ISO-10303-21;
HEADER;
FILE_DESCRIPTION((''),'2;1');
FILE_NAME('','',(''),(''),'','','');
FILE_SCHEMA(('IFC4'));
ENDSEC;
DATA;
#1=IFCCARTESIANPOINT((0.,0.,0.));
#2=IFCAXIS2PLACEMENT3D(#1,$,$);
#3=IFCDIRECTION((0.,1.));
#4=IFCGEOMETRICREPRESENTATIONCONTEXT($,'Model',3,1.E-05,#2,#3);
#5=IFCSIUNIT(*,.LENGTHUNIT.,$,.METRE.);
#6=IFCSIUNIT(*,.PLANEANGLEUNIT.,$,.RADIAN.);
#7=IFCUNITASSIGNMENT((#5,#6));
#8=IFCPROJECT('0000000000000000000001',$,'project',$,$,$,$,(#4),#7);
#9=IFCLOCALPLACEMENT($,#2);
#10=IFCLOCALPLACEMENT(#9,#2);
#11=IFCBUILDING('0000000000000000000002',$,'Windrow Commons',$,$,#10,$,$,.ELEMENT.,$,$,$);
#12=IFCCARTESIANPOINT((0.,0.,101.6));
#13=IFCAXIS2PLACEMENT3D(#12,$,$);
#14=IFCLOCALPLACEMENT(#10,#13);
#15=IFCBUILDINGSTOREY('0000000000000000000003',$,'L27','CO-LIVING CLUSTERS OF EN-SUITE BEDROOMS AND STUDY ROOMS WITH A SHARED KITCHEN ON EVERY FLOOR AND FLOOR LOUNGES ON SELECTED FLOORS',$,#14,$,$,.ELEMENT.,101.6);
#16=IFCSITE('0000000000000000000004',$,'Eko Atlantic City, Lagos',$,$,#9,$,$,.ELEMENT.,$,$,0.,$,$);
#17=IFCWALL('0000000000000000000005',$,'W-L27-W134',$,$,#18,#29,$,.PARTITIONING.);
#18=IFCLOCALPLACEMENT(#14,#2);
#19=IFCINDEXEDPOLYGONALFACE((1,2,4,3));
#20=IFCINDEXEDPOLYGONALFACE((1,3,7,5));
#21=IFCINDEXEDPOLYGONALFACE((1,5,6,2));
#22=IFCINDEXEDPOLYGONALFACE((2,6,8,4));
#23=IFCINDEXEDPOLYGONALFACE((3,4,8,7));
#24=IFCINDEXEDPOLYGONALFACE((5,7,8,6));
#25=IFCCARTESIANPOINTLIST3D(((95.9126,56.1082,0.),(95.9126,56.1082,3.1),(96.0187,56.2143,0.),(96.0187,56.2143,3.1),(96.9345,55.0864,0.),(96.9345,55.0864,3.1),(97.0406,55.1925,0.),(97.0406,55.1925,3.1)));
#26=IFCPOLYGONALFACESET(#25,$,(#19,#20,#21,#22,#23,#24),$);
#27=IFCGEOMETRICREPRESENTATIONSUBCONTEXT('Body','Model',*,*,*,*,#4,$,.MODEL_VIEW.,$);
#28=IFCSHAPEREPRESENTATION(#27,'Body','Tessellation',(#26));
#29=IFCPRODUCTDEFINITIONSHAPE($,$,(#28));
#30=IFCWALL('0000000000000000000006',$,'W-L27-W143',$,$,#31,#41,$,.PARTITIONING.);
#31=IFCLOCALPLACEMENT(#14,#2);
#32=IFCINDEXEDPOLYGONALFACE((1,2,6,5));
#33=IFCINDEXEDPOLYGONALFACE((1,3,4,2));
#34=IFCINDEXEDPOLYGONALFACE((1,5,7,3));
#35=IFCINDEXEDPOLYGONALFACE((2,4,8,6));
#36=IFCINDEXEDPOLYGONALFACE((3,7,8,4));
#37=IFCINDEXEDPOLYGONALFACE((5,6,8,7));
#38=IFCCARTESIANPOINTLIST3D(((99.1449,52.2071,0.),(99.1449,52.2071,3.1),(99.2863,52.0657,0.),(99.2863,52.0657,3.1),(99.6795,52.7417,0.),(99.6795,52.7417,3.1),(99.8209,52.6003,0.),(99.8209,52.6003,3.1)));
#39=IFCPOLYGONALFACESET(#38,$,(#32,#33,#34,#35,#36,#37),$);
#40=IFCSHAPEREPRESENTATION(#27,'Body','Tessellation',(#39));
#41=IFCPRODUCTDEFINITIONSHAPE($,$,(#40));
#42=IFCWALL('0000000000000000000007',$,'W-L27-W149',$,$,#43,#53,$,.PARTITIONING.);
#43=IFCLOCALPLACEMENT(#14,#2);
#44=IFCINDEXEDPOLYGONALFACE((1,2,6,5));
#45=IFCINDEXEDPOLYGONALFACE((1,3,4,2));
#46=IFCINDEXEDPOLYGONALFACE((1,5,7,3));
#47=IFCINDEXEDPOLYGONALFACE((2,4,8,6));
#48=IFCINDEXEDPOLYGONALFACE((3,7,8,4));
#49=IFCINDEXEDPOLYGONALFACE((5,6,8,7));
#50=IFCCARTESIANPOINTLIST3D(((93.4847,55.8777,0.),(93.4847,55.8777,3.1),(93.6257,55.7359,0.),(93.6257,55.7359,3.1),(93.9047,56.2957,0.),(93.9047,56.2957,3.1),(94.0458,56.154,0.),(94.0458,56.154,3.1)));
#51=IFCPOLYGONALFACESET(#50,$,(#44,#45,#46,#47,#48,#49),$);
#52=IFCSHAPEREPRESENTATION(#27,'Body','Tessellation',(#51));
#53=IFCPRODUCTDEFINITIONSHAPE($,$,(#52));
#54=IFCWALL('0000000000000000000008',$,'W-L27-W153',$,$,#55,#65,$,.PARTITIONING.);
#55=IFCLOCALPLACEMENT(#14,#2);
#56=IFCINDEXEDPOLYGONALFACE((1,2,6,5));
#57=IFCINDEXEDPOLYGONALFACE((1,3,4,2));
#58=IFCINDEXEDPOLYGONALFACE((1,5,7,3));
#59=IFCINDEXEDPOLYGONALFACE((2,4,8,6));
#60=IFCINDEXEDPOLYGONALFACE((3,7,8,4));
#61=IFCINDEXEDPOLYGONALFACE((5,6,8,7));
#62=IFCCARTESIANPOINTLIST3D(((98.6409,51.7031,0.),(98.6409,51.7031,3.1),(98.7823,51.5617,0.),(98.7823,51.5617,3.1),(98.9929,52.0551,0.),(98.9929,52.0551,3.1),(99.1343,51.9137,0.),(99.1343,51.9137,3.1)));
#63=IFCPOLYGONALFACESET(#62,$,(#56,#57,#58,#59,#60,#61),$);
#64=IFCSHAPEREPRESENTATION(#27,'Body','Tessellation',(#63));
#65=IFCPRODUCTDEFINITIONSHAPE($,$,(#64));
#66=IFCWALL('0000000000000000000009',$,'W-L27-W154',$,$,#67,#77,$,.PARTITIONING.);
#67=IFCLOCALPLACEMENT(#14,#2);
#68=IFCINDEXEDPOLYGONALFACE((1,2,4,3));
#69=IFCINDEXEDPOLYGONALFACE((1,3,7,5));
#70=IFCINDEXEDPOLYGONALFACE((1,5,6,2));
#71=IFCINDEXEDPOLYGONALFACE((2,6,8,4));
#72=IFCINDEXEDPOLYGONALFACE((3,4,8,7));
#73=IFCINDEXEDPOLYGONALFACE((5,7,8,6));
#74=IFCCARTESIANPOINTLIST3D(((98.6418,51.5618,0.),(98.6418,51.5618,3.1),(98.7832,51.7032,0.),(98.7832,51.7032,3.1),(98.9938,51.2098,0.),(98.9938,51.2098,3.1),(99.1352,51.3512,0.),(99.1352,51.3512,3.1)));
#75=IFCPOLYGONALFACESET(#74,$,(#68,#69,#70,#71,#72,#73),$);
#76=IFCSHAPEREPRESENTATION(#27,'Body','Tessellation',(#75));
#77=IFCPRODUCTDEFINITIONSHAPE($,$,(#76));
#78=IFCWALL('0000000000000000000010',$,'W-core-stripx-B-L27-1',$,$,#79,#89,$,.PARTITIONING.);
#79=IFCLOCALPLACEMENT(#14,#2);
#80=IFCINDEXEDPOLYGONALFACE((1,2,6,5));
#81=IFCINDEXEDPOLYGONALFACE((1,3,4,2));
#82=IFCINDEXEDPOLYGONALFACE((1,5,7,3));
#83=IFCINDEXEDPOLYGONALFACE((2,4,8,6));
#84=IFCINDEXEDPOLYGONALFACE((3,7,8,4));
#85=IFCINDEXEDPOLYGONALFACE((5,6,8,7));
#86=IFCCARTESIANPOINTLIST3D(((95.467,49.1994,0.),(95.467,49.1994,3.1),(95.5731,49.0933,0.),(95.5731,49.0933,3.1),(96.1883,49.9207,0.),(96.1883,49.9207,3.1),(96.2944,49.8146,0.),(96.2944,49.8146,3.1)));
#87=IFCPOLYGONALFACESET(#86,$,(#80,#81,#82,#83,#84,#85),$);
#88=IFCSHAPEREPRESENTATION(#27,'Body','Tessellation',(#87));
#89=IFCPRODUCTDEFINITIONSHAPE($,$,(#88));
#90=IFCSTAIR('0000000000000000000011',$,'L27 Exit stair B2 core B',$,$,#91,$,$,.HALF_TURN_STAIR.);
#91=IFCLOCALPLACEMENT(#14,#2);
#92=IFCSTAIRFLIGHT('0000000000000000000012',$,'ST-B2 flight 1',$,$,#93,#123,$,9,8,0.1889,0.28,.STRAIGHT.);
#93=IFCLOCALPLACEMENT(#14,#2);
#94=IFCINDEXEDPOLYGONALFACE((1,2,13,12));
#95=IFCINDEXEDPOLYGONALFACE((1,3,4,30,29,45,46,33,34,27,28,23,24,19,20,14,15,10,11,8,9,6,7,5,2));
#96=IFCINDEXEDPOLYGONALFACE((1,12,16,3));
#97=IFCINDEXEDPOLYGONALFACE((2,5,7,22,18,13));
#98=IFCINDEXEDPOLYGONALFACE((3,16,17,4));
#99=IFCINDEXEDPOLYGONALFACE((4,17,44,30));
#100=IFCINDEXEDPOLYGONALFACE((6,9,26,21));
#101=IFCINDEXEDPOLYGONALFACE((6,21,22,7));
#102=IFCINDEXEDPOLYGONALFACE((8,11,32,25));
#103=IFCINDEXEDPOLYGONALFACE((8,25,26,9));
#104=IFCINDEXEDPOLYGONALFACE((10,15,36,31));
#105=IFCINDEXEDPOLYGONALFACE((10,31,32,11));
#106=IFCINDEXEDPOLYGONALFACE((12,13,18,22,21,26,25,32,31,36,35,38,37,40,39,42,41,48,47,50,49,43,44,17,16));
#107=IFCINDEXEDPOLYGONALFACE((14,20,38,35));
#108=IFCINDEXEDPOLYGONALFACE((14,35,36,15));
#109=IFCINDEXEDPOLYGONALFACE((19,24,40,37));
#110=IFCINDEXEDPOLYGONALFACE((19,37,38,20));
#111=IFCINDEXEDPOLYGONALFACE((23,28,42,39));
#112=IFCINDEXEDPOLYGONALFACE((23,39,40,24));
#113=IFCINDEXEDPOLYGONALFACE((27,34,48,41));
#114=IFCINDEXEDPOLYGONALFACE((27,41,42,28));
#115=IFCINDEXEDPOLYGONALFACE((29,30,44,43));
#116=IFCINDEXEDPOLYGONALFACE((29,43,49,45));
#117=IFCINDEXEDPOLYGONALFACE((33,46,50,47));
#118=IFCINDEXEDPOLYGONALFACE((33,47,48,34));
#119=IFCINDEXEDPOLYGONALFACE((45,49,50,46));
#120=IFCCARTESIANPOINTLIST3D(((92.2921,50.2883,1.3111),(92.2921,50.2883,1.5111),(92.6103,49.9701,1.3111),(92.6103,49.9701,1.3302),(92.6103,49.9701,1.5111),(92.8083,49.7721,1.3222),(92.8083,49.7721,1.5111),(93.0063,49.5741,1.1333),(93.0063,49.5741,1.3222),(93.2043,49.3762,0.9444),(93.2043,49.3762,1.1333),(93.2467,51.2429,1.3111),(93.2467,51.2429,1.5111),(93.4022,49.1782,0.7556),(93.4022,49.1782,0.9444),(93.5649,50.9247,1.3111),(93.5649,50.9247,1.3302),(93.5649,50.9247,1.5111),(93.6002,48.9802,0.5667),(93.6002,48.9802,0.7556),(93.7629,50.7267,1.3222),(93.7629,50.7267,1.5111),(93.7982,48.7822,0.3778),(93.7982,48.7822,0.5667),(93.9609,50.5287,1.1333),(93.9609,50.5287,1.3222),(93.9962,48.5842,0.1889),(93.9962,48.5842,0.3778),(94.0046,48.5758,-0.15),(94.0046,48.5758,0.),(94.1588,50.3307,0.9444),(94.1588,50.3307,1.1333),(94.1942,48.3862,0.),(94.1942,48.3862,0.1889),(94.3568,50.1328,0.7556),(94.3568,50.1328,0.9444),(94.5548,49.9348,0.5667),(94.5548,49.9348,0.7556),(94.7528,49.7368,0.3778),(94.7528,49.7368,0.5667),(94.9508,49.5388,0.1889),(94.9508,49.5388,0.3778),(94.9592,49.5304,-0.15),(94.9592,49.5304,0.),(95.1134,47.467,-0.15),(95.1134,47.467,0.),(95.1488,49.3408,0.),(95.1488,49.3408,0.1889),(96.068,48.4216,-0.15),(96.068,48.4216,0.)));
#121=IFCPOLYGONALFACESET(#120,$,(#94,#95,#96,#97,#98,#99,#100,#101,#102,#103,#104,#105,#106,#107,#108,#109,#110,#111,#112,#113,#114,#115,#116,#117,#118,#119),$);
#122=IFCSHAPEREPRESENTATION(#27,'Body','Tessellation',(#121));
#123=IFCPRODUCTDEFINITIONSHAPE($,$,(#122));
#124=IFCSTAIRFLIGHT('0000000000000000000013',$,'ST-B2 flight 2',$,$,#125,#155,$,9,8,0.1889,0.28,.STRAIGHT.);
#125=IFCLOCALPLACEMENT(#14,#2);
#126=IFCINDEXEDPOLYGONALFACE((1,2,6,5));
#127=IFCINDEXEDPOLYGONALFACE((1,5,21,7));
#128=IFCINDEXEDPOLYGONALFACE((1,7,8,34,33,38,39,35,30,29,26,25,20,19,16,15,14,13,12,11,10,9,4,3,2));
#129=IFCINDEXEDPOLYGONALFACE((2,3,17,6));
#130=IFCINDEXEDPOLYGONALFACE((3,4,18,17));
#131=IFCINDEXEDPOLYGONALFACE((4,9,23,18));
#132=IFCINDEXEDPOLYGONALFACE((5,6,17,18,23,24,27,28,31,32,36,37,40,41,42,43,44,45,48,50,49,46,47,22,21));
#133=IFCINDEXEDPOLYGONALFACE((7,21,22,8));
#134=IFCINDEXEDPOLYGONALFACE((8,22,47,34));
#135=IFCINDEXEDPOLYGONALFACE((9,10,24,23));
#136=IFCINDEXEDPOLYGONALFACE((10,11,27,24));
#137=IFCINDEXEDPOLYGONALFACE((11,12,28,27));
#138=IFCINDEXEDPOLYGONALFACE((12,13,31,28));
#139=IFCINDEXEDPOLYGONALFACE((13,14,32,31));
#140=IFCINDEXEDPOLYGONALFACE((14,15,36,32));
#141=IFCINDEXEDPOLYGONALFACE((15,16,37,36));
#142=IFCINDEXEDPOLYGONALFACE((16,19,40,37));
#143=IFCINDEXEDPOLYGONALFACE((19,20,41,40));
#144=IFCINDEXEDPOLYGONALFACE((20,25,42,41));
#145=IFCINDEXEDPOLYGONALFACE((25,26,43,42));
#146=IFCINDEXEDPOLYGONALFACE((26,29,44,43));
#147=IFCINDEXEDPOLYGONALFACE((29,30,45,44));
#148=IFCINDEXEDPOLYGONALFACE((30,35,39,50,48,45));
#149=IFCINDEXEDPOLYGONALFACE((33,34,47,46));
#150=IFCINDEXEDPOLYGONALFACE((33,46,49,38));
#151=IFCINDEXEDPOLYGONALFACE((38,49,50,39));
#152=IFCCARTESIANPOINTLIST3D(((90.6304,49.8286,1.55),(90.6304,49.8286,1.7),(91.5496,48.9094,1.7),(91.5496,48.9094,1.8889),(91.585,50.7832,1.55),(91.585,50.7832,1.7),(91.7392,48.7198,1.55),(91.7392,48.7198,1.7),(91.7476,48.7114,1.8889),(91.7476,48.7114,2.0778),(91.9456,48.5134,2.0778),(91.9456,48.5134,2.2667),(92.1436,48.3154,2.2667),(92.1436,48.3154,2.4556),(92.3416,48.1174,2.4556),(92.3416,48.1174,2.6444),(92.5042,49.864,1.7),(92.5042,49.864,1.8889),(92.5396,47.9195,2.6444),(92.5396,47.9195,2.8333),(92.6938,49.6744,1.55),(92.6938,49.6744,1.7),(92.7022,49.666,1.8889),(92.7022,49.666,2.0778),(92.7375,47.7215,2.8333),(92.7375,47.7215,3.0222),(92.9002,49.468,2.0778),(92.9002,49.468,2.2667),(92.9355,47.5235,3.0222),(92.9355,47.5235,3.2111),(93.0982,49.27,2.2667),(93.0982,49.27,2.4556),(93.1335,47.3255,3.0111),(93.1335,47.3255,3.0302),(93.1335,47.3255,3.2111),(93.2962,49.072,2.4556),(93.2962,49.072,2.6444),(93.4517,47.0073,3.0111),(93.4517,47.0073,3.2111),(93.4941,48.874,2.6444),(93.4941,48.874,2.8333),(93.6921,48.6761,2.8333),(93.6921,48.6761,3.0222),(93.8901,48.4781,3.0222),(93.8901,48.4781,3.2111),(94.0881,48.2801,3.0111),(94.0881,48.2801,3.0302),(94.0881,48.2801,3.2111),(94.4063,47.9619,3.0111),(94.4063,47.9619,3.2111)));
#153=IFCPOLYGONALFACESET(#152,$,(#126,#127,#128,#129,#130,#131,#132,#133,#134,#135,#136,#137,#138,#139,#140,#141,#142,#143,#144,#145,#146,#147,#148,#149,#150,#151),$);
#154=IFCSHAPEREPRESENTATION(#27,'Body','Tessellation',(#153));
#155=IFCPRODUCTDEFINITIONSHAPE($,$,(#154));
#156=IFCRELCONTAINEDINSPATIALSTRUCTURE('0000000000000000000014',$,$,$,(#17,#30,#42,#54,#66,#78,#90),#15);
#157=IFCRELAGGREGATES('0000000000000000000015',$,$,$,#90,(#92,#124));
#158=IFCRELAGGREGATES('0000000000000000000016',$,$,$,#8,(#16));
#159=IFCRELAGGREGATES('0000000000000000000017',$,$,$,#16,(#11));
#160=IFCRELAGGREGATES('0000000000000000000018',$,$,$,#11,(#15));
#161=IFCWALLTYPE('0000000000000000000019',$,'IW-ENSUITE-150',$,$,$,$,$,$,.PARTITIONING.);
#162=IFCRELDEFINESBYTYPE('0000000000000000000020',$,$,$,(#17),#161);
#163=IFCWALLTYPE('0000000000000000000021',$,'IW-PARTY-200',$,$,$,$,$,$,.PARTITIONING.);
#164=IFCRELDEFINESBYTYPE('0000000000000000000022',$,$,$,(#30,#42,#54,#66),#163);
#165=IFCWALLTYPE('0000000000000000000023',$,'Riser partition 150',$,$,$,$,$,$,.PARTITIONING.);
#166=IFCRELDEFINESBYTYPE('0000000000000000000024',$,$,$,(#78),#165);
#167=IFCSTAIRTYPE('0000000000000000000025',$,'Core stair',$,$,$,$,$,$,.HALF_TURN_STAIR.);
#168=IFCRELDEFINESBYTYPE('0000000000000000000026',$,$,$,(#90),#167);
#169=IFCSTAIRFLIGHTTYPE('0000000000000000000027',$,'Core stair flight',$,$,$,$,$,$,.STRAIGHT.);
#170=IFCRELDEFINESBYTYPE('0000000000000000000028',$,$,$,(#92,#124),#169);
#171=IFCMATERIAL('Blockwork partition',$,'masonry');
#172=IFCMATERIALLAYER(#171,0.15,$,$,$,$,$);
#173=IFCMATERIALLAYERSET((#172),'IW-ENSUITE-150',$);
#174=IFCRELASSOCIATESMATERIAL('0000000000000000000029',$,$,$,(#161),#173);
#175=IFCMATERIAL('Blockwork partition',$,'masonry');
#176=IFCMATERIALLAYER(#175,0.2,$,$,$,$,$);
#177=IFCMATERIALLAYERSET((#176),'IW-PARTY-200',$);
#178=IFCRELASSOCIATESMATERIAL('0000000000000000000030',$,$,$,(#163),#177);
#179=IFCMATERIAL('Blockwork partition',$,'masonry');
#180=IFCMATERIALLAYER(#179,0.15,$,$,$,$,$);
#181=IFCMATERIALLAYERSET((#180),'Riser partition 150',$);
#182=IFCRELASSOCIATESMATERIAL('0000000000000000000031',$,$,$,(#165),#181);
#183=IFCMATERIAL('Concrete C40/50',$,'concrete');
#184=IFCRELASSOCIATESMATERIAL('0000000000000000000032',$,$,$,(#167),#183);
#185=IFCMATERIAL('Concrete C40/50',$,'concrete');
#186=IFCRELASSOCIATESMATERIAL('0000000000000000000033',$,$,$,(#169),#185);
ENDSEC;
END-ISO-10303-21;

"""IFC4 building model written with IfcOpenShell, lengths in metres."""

from ifc_helpers import new_model, si_unit, direction, frame, frame_2d, origin, place, context, subcontext, project, spatial, polyline, rectangle, outline, extrude, material, layer, layer_set, type_object, element, aggregate, save


model = new_model("IFC4")

# Units and contexts
model_context = context("Model", 3, precision=1e-05, world=origin(), true_north=direction((0.0, 1.0)))
body_context = subcontext(model_context, "Body", "Model", "MODEL_VIEW")
ifc_project = project(units=[si_unit("LENGTHUNIT", "METRE"), si_unit("PLANEANGLEUNIT", "RADIAN")], contexts=[model_context])

# Site, building, storey
site_placement = place(None, origin())
site = spatial("IfcSite", under=ifc_project, at=site_placement, Name="Eko Atlantic City, Lagos", CompositionType="ELEMENT", RefElevation=0.0)
building_placement = place(site_placement, origin())
building = spatial("IfcBuilding", under=site, at=building_placement, Name="Windrow Commons", CompositionType="ELEMENT")
storey_placement = place(building_placement, frame((0.0, 0.0, 101.6)))
storey = spatial("IfcBuildingStorey", under=building, at=storey_placement, Name="L27", Description="CO-LIVING CLUSTERS OF EN-SUITE BEDROOMS AND STUDY ROOMS WITH A SHARED KITCHEN ON EVERY FLOOR AND FLOOR LOUNGES ON SELECTED FLOORS", CompositionType="ELEMENT", Elevation=101.6)

# Shared definitions
ifc_material_1 = material(Name="Blockwork partition", Category="masonry")
ifc_layer_1 = layer(ifc_material_1, 0.15)
ifc_layer_set_1 = layer_set([ifc_layer_1], Name="IW-ENSUITE-150")
wall_type_1 = type_object("IfcWallType", Name="IW-ENSUITE-150", PredefinedType="PARTITIONING", material=ifc_layer_set_1)

# Walls
wall_1_placement = place(storey_placement, frame((95.9656, 56.1613, 0.0), z_axis=(0.0, 0.0, 1.0), x_axis=(0.707141, -0.707072, 0.0)))
element("IfcWall", 1, at=wall_1_placement, inside=storey, type_object=wall_type_1, Name="W-L27-W134", PredefinedType="PARTITIONING", context=body_context, shape_type="SweptSolid", body=[
    extrude(rectangle(XDim=1.4451, YDim=0.15, at=frame_2d((0.7226, 0.0))), origin(), (0.0, 0.0, 1.0), 3.1),
])
ifc_material_2 = material(Name="Blockwork partition", Category="masonry")
ifc_layer_2 = layer(ifc_material_2, 0.2)
ifc_layer_set_2 = layer_set([ifc_layer_2], Name="IW-PARTY-200")
wall_type_2 = type_object("IfcWallType", Name="IW-PARTY-200", PredefinedType="PARTITIONING", material=ifc_layer_set_2)
wall_2_placement = place(storey_placement, frame((99.2156, 52.1364, 0.0), z_axis=(0.0, 0.0, 1.0), x_axis=(0.707107, 0.707107, 0.0)))
element("IfcWall", 2, at=wall_2_placement, inside=storey, type_object=wall_type_2, Name="W-L27-W143", PredefinedType="PARTITIONING", context=body_context, shape_type="SweptSolid", body=[
    extrude(rectangle(XDim=0.756, YDim=0.2, at=frame_2d((0.378, 0.0))), origin(), (0.0, 0.0, 1.0), 3.1),
])
wall_3_placement = place(storey_placement, frame((93.5552, 55.8068, 0.0), z_axis=(0.0, 0.0, 1.0), x_axis=(0.708792, 0.705417, 0.0)))
element("IfcWall", 3, at=wall_3_placement, inside=storey, type_object=wall_type_2, Name="W-L27-W149", PredefinedType="PARTITIONING", context=body_context, shape_type="SweptSolid", body=[
    extrude(rectangle(XDim=0.5926, YDim=0.2, at=frame_2d((0.2963, 0.0))), origin(), (0.0, 0.0, 1.0), 3.1),
])
for number, where, z_axis, x_axis, name in (
    (4, (98.7116, 51.6324, 0.0), (0.0, 0.0, 1.0), (0.707107, 0.707107, 0.0), "W-L27-W153"),
    (5, (98.7125, 51.6325, 0.0), (0.0, 0.0, 1.0), (0.707107, -0.707107, 0.0), "W-L27-W154"),
):
    element("IfcWall", number, at=place(storey_placement, frame(where, z_axis=z_axis, x_axis=x_axis)), inside=storey, type_object=wall_type_2, Name=name, PredefinedType="PARTITIONING", context=body_context, shape_type="SweptSolid", body=[
        extrude(rectangle(XDim=0.4978, YDim=0.2, at=frame_2d((0.2489, 0.0))), origin(), (0.0, 0.0, 1.0), 3.1),
    ])
ifc_material_3 = material(Name="Blockwork partition", Category="masonry")
ifc_layer_3 = layer(ifc_material_3, 0.15)
ifc_layer_set_3 = layer_set([ifc_layer_3], Name="Riser partition 150")
wall_type_3 = type_object("IfcWallType", Name="Riser partition 150", PredefinedType="PARTITIONING", material=ifc_layer_set_3)
wall_4_placement = place(storey_placement, frame((95.52, 49.1463, 0.0), z_axis=(0.0, 0.0, 1.0), x_axis=(0.707107, 0.707107, 0.0)))
element("IfcWall", 6, at=wall_4_placement, inside=storey, type_object=wall_type_3, Name="W-core-stripx-B-L27-1", PredefinedType="PARTITIONING", context=body_context, shape_type="SweptSolid", body=[
    extrude(rectangle(XDim=1.0201, YDim=0.15, at=frame_2d((0.5101, 0.0))), origin(), (0.0, 0.0, 1.0), 3.1),
])

# Stair, stair flights
ifc_material_4 = material(Name="Concrete C40/50", Category="concrete")
stair_type = type_object("IfcStairType", Name="Core stair", PredefinedType="HALF_TURN_STAIR", material=ifc_material_4)
stair_placement = place(storey_placement, origin())
stair = element("IfcStair", 7, at=stair_placement, inside=storey, type_object=stair_type, Name="L27 Exit stair B2 core B", PredefinedType="HALF_TURN_STAIR")
ifc_material_5 = material(Name="Concrete C40/50", Category="concrete")
stair_flight_type = type_object("IfcStairFlightType", Name="Core stair flight", PredefinedType="STRAIGHT", material=ifc_material_5)
stair_flight_1_placement = place(storey_placement, frame((94.6715, 48.8635, 0.0), z_axis=(0.0, 0.0, 1.0), x_axis=(-0.707107, 0.707107, 0.0)))
stair_flight_1 = element("IfcStairFlight", 8, at=stair_flight_1_placement, type_object=stair_flight_type, Name="ST-B2 flight 1", NumberOfRisers=9, NumberOfTreads=8, PredefinedType="STRAIGHT", RiserHeight=0.1889, TreadLength=0.28, context=body_context, shape_type="SweptSolid", body=[
    extrude(outline(polyline([(-1.3, -0.15), (-1.3, 0.0), (0.0, 0.0), (0.0, 0.1889), (0.28, 0.1889), (0.28, 0.3778), (0.56, 0.3778), (0.56, 0.5667), (0.84, 0.5667), (0.84, 0.7556), (1.12, 0.7556), (1.12, 0.9444), (1.4, 0.9444), (1.4, 1.1333), (1.68, 1.1333), (1.68, 1.3222), (1.96, 1.3222), (1.96, 1.5111), (2.24, 1.5111), (2.69, 1.5111), (2.69, 1.3111), (2.24, 1.3111), (2.24, 1.3302), (0.2682, 0.0), (0.2682, -0.15), (-1.3, -0.15)])), frame((0.0, 0.675, 0.0), z_axis=(0.0, -1.0, 0.0), x_axis=(1.0, 0.0, 0.0)), (0.0, 0.0, 1.0), 1.35),
])
stair_flight_2_placement = place(storey_placement, frame((92.0269, 49.3867, 1.7), z_axis=(0.0, 0.0, 1.0), x_axis=(0.707107, -0.707107, 0.0)))
stair_flight_2 = element("IfcStairFlight", 9, at=stair_flight_2_placement, type_object=stair_flight_type, Name="ST-B2 flight 2", NumberOfRisers=9, NumberOfTreads=8, PredefinedType="STRAIGHT", RiserHeight=0.1889, TreadLength=0.28, context=body_context, shape_type="SweptSolid", body=[
    extrude(outline(polyline([(-1.3, -0.15), (-1.3, 0.0), (0.0, 0.0), (0.0, 0.1889), (0.28, 0.1889), (0.28, 0.3778), (0.56, 0.3778), (0.56, 0.5667), (0.84, 0.5667), (0.84, 0.7556), (1.12, 0.7556), (1.12, 0.9444), (1.4, 0.9444), (1.4, 1.1333), (1.68, 1.1333), (1.68, 1.3222), (1.96, 1.3222), (1.96, 1.5111), (2.24, 1.5111), (2.69, 1.5111), (2.69, 1.3111), (2.24, 1.3111), (2.24, 1.3302), (0.2682, 0.0), (0.2682, -0.15), (-1.3, -0.15)])), frame((0.0, 0.675, 0.0), z_axis=(0.0, -1.0, 0.0), x_axis=(1.0, 0.0, 0.0)), (0.0, 0.0, 1.0), 1.35),
])
aggregate(stair, [stair_flight_1, stair_flight_2])

save(model, "model.ifc")
